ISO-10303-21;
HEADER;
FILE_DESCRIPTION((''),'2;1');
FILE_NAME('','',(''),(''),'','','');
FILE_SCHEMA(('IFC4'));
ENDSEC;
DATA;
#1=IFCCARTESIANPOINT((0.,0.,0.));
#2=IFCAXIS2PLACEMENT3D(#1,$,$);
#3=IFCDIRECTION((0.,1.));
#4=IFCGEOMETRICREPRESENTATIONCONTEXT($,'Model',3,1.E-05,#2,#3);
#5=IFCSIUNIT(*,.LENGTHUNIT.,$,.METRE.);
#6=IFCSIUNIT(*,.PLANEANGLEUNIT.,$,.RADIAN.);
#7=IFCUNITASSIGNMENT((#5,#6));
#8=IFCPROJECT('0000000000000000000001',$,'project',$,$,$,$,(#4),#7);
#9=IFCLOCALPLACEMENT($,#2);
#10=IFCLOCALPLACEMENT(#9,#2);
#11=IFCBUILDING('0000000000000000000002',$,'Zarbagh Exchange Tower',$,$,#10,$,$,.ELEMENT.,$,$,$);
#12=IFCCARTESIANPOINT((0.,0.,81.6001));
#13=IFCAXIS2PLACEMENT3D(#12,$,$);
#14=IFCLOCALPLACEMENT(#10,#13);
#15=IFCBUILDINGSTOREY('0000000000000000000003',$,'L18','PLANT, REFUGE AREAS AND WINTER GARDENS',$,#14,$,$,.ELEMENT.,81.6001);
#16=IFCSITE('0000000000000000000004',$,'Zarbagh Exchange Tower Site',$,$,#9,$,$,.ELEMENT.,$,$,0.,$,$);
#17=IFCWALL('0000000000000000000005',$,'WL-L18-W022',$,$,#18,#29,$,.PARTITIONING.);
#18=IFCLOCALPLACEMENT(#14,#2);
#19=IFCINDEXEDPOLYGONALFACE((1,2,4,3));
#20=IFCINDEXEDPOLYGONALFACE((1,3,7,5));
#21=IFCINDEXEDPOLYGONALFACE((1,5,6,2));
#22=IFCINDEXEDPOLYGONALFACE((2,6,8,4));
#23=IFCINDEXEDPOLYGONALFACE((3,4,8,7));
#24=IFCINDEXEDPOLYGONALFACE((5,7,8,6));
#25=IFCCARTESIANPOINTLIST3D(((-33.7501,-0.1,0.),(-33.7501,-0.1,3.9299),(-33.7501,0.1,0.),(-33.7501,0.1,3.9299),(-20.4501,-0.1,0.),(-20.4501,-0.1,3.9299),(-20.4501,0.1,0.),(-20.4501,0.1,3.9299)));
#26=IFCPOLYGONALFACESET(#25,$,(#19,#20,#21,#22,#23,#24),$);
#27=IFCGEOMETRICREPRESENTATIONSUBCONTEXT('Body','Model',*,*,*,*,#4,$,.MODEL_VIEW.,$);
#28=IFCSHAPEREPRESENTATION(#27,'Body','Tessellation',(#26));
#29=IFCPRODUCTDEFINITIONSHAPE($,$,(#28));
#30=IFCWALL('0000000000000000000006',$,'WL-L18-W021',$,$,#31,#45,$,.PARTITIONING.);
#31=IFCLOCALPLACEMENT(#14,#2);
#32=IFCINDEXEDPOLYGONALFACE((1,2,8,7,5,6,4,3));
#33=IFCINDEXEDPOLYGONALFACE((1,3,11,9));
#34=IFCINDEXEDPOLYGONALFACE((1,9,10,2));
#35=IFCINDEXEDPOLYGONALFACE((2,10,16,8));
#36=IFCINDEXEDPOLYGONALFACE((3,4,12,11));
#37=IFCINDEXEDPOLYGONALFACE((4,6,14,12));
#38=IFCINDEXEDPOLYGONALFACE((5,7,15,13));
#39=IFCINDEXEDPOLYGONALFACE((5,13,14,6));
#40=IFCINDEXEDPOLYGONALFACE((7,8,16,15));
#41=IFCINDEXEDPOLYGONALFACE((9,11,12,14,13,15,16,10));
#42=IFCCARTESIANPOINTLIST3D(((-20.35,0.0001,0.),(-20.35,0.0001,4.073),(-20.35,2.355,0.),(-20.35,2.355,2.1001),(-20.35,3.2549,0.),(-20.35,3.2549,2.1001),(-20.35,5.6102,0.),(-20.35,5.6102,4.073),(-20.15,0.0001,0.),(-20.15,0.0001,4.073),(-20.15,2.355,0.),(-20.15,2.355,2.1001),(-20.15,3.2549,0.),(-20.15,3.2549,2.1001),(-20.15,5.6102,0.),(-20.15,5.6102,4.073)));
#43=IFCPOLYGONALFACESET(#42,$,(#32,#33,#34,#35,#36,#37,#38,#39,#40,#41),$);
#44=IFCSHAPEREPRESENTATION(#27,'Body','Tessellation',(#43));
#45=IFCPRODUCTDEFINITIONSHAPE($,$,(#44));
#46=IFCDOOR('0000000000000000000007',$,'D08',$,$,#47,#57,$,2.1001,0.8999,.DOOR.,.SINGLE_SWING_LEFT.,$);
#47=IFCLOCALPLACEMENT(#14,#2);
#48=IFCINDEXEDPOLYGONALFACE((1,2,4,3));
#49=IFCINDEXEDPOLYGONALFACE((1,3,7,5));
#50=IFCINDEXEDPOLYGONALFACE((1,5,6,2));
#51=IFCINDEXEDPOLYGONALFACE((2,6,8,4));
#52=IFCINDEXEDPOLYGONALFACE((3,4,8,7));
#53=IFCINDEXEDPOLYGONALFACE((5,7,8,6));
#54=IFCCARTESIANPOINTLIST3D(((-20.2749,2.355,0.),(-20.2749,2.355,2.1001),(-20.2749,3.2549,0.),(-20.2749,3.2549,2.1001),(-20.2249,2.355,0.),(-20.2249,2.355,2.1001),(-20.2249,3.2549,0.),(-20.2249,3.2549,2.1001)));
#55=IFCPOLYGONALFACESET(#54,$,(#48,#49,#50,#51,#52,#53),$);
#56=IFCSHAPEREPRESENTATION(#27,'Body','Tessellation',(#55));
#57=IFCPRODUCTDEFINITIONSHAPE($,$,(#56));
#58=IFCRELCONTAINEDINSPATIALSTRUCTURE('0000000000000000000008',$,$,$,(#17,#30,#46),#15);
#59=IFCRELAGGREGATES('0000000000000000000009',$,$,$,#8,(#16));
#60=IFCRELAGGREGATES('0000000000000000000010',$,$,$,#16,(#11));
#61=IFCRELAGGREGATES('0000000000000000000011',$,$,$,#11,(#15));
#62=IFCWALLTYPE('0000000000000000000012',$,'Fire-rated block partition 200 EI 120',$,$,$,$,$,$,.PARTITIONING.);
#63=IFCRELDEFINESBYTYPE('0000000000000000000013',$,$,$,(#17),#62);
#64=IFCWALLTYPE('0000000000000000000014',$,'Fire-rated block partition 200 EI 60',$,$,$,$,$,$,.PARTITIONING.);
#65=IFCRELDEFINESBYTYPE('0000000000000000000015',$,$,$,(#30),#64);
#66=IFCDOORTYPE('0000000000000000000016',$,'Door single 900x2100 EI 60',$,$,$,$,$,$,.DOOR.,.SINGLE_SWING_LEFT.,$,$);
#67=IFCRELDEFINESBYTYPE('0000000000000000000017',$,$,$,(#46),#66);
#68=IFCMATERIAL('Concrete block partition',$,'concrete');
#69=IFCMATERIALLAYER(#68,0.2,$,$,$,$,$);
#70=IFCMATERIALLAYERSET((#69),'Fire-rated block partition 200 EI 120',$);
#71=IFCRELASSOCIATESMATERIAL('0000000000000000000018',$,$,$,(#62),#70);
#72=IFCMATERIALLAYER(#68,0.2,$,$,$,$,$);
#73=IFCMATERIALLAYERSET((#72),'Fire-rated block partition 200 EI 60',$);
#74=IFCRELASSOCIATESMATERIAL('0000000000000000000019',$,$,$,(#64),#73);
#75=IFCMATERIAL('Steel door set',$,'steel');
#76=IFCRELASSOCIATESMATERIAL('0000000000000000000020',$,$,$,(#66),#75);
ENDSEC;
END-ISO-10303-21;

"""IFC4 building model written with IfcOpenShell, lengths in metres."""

from ifc_helpers import new_model, si_unit, direction, frame, frame_2d, origin, place, context, subcontext, project, spatial, rectangle, extrude, material, layer, layer_set, type_object, element, fill, save


model = new_model("IFC4")

# Units and contexts
model_context = context("Model", 3, precision=1e-05, world=origin(), true_north=direction((0.0, 1.0)))
body_context = subcontext(model_context, "Body", "Model", "MODEL_VIEW")
ifc_project = project(units=[si_unit("LENGTHUNIT", "METRE"), si_unit("PLANEANGLEUNIT", "RADIAN")], contexts=[model_context])

# Site, building, storey
site_placement = place(None, origin())
site = spatial("IfcSite", under=ifc_project, at=site_placement, Name="Zarbagh Exchange Tower Site", CompositionType="ELEMENT", RefElevation=0.0)
building_placement = place(site_placement, origin())
building = spatial("IfcBuilding", under=site, at=building_placement, Name="Zarbagh Exchange Tower", CompositionType="ELEMENT")
storey_placement = place(building_placement, frame((0.0, 0.0, 81.6001)))
storey = spatial("IfcBuildingStorey", under=building, at=storey_placement, Name="L18", Description="PLANT, REFUGE AREAS AND WINTER GARDENS", CompositionType="ELEMENT", Elevation=81.6001)

# Shared definitions
ifc_material_1 = material(Name="Concrete block partition", Category="concrete")
ifc_layer_1 = layer(ifc_material_1, 0.2)
ifc_layer_set_1 = layer_set([ifc_layer_1], Name="Fire-rated block partition 200 EI 120")
wall_type_1 = type_object("IfcWallType", Name="Fire-rated block partition 200 EI 120", PredefinedType="PARTITIONING", material=ifc_layer_set_1)
ifc_material_2 = material(Name="Steel door set", Category="steel")

# Wall
wall_1_placement = place(storey_placement, frame((-33.75, 0.0, 0.0), z_axis=(0.0, 0.0, 1.0), x_axis=(1.0, 0.0, 0.0)))
element("IfcWall", 1, at=wall_1_placement, inside=storey, type_object=wall_type_1, Name="WL-L18-W022", PredefinedType="PARTITIONING", context=body_context, shape_type="SweptSolid", body=[
    extrude(rectangle(XDim=13.3, YDim=0.2, at=frame_2d((6.6499, 0.0))), origin(), (0.0, 0.0, 1.0), 3.9299),
])

# Wall, opening, door
ifc_layer_2 = layer(ifc_material_1, 0.2)
ifc_layer_set_2 = layer_set([ifc_layer_2], Name="Fire-rated block partition 200 EI 60")
wall_type_2 = type_object("IfcWallType", Name="Fire-rated block partition 200 EI 60", PredefinedType="PARTITIONING", material=ifc_layer_set_2)
wall_2_placement = place(storey_placement, frame((-20.25, 0.0, 0.0), z_axis=(0.0, 0.0, 1.0), x_axis=(0.0, 1.0, 0.0)))
wall_2 = element("IfcWall", 2, at=wall_2_placement, inside=storey, type_object=wall_type_2, Name="WL-L18-W021", PredefinedType="PARTITIONING", context=body_context, shape_type="SweptSolid", body=[
    extrude(rectangle(XDim=5.6101, YDim=0.2, at=frame_2d((2.8052, 0.0))), origin(), (0.0, 0.0, 1.0), 4.073),
])
opening_1_placement = place(wall_2_placement, frame((2.355, 0.0, 0.0)))
opening_1 = element("IfcOpeningElement", 3, at=opening_1_placement, cuts=wall_2, PredefinedType="OPENING", context=body_context, shape_type="SweptSolid", body=[
    extrude(rectangle(XDim=0.8999, YDim=2.1001, at=frame_2d((0.45, 1.05))), frame((0.0, 0.1099, 0.0), z_axis=(0.0, -1.0, 0.0), x_axis=(1.0, 0.0, 0.0)), (0.0, 0.0, 1.0), 0.22),
])
door_type_1 = type_object("IfcDoorType", Name="Door single 900x2100 EI 60", OperationType="SINGLE_SWING_LEFT", PredefinedType="DOOR", material=ifc_material_2)
door_1_placement = place(opening_1_placement, origin())
door_1 = element("IfcDoor", 4, at=door_1_placement, inside=storey, type_object=door_type_1, Name="D08", OperationType="SINGLE_SWING_LEFT", OverallHeight=2.1001, OverallWidth=0.8999, PredefinedType="DOOR", context=body_context, shape_type="SweptSolid", body=[
    extrude(rectangle(XDim=0.8999, YDim=2.1001, at=frame_2d((0.45, 1.05))), frame((0.0, 0.0249, 0.0), z_axis=(0.0, -1.0, 0.0), x_axis=(1.0, 0.0, 0.0)), (0.0, 0.0, 1.0), 0.05),
])
fill(opening_1, door_1)

save(model, "model.ifc")
